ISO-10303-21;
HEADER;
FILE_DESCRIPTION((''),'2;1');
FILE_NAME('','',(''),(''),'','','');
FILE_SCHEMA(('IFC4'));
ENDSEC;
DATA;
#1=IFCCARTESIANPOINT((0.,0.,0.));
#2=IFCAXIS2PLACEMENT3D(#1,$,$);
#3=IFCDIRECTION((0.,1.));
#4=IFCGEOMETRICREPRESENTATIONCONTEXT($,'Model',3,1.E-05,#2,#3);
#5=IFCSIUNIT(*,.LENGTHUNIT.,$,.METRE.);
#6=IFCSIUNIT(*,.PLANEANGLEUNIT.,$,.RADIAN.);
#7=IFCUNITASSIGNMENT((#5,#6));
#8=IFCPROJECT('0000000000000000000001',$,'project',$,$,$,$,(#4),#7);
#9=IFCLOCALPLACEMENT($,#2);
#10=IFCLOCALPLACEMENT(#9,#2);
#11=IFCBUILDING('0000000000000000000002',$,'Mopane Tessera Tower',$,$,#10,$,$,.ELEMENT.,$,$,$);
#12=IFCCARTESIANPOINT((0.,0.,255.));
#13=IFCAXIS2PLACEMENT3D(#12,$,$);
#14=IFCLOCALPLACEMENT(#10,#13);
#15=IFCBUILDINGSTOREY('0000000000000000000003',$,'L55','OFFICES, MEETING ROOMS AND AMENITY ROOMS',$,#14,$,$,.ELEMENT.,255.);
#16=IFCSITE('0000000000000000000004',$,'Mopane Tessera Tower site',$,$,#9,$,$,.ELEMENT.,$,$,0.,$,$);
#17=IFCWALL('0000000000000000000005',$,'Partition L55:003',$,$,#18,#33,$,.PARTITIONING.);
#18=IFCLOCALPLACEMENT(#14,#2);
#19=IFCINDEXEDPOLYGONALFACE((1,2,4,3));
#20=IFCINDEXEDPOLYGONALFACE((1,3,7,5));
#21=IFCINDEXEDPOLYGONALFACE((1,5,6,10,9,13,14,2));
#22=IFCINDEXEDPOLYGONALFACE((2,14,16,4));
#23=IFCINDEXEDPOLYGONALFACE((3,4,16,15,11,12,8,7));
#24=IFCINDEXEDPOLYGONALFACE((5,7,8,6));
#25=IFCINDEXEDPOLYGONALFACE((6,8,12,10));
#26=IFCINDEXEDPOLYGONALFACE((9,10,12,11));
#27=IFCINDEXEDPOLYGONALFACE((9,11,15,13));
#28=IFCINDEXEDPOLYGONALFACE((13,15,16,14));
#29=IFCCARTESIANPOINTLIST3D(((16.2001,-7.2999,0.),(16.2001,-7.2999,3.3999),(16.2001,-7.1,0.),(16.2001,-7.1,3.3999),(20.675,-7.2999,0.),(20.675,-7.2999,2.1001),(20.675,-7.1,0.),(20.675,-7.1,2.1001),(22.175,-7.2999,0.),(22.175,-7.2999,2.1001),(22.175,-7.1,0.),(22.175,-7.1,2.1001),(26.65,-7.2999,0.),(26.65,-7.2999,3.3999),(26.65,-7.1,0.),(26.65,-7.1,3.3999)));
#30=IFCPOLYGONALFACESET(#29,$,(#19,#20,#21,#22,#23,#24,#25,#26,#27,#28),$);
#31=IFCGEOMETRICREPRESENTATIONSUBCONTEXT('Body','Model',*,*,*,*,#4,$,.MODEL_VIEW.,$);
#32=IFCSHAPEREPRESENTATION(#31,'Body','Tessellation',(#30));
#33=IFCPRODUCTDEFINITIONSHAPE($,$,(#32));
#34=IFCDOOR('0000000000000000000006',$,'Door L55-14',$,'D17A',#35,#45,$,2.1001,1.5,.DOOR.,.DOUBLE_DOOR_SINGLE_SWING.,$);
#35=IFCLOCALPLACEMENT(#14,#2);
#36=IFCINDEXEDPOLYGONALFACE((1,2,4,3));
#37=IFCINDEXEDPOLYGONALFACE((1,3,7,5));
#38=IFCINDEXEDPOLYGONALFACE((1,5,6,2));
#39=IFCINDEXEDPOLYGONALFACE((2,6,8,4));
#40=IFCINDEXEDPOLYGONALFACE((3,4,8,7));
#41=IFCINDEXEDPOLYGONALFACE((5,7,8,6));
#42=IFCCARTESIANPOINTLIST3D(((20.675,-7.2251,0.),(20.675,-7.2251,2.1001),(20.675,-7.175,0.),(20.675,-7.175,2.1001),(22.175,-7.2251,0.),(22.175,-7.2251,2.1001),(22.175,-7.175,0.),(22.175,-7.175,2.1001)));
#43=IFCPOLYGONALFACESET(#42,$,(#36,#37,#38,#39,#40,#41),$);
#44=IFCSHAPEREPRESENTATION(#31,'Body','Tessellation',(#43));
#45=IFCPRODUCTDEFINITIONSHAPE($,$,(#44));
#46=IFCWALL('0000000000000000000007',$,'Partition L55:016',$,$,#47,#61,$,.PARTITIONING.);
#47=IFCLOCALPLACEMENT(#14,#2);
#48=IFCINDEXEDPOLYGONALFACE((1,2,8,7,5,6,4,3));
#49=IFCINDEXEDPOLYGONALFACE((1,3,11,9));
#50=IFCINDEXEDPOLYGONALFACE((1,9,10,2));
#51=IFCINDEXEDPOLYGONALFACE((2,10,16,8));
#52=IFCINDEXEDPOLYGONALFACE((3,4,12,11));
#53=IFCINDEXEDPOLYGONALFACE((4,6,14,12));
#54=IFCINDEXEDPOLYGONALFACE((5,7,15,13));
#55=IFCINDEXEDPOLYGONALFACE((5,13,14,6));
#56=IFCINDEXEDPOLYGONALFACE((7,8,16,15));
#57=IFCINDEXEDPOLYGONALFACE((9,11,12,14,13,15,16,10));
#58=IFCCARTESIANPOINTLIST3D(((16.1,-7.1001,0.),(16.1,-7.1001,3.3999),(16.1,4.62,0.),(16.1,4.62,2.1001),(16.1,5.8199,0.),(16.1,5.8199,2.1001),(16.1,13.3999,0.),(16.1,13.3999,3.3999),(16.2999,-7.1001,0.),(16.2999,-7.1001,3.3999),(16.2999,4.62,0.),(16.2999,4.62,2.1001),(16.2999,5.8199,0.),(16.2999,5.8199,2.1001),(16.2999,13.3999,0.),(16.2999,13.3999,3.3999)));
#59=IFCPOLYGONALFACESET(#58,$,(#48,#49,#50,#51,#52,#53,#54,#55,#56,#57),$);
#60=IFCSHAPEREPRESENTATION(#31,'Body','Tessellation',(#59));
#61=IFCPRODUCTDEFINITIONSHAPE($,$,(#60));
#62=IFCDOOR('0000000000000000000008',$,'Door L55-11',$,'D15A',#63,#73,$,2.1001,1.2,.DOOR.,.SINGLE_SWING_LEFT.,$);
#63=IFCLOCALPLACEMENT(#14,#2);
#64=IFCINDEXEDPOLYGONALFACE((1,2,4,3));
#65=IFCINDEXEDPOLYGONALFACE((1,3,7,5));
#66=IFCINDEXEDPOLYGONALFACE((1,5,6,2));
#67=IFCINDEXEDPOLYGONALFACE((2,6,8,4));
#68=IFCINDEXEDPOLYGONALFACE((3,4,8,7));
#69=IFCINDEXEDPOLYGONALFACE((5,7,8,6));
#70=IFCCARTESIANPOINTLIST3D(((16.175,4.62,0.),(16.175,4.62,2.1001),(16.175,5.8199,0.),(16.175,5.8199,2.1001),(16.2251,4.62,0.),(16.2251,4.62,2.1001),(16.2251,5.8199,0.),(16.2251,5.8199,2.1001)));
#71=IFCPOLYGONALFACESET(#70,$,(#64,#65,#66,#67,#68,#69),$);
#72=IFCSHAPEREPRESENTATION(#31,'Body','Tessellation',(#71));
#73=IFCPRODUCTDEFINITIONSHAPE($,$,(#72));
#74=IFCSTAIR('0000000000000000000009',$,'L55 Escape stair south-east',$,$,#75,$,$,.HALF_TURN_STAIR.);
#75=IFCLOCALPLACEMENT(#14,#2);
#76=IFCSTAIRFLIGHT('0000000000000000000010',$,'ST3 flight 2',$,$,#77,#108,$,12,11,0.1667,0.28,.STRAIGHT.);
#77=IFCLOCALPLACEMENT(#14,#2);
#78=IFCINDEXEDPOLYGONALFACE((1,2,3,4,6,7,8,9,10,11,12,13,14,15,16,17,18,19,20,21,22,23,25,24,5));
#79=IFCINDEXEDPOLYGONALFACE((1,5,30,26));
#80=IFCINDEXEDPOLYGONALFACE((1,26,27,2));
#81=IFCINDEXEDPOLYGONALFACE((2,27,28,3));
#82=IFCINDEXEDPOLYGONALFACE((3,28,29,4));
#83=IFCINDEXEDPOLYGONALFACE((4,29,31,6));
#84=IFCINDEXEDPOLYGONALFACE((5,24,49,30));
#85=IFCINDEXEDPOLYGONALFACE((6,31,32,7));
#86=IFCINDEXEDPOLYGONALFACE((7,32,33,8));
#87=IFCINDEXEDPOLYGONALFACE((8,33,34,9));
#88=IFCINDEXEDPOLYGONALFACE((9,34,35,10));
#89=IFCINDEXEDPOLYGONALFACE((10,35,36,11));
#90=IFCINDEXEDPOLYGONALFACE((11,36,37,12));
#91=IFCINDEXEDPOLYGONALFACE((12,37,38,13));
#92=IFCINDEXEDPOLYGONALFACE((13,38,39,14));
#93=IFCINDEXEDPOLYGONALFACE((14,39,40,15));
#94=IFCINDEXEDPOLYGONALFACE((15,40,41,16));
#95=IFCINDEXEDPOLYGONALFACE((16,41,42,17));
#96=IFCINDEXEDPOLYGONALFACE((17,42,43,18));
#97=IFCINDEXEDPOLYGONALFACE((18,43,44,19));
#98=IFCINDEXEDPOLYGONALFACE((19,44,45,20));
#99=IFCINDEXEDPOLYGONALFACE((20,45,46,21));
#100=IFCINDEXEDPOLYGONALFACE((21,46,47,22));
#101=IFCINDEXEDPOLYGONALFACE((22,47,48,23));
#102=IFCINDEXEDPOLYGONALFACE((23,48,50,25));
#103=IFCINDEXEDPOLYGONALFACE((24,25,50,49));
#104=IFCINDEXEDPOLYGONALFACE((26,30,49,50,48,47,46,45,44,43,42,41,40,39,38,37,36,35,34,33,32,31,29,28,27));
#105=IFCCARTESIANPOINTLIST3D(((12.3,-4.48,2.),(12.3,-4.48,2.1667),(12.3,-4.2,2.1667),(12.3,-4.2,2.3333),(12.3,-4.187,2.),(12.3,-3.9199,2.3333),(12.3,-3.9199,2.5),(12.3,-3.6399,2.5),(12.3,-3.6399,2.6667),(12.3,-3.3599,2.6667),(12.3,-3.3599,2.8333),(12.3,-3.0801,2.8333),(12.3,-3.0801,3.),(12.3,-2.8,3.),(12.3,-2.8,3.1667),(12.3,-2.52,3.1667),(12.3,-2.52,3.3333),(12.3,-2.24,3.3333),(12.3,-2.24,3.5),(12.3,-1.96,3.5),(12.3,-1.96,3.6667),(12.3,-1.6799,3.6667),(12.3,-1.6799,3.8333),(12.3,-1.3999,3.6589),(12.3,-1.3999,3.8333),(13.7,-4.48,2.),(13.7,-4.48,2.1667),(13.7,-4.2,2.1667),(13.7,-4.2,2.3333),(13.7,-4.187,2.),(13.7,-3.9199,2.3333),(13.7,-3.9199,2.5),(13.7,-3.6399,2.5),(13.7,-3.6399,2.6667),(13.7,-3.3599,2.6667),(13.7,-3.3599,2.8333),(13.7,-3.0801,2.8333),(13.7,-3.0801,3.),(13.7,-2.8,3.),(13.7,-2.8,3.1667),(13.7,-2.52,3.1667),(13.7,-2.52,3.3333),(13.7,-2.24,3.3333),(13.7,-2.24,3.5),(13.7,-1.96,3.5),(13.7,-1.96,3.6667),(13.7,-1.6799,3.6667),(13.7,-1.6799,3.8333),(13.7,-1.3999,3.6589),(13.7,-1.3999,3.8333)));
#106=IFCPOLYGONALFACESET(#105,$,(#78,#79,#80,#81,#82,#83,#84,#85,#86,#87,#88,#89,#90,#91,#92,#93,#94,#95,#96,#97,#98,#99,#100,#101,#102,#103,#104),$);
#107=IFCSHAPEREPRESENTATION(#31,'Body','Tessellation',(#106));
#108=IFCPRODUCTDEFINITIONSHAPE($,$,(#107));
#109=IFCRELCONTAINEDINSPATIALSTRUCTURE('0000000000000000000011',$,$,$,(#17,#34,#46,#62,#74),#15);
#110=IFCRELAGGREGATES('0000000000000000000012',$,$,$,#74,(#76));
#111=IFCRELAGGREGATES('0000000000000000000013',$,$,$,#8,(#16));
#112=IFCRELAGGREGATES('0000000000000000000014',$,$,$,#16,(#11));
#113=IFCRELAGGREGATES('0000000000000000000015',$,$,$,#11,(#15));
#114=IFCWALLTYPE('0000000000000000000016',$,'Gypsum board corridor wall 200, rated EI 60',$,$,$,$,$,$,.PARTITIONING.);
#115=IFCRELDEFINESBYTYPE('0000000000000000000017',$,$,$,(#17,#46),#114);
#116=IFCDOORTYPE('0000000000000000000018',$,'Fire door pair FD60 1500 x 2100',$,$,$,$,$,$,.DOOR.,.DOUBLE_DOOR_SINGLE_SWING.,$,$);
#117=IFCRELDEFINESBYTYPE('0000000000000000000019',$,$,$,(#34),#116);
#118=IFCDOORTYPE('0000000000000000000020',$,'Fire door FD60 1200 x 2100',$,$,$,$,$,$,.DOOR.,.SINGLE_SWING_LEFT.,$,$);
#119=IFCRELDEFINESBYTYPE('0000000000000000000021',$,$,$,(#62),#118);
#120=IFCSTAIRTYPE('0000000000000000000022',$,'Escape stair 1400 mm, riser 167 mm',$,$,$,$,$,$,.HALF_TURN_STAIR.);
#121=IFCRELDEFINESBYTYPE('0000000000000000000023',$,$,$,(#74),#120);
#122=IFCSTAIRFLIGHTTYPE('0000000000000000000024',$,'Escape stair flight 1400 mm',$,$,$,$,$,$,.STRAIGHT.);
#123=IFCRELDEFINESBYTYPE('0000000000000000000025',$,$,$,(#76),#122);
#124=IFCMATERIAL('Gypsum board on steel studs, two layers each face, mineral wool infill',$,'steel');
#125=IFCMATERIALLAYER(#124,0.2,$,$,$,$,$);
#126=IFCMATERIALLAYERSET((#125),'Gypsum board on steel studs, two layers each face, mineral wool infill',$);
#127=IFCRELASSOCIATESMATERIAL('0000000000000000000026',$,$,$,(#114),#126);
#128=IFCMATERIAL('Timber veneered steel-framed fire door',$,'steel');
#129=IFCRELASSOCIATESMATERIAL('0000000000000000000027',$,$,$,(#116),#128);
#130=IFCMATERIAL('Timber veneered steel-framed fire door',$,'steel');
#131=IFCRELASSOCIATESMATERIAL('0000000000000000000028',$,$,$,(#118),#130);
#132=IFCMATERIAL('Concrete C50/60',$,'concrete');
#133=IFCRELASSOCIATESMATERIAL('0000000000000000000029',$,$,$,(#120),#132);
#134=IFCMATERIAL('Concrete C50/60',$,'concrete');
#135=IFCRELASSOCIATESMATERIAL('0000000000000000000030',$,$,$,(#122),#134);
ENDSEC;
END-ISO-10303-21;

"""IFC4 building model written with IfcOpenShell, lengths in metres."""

from ifc_helpers import new_model, si_unit, direction, frame, frame_2d, origin, place, context, subcontext, project, spatial, polyline, rectangle, outline, extrude, material, layer, layer_set, type_object, element, fill, aggregate, save


model = new_model("IFC4")

# Units and contexts
model_context = context("Model", 3, precision=1e-05, world=origin(), true_north=direction((0.0, 1.0)))
body_context = subcontext(model_context, "Body", "Model", "MODEL_VIEW")
ifc_project = project(units=[si_unit("LENGTHUNIT", "METRE"), si_unit("PLANEANGLEUNIT", "RADIAN")], contexts=[model_context])

# Site, building, storey
site_placement = place(None, origin())
site = spatial("IfcSite", under=ifc_project, at=site_placement, Name="Mopane Tessera Tower site", CompositionType="ELEMENT", RefElevation=0.0)
building_placement = place(site_placement, origin())
building = spatial("IfcBuilding", under=site, at=building_placement, Name="Mopane Tessera Tower", CompositionType="ELEMENT")
storey_placement = place(building_placement, frame((0.0, 0.0, 255.0)))
storey = spatial("IfcBuildingStorey", under=building, at=storey_placement, Name="L55", Description="OFFICES, MEETING ROOMS AND AMENITY ROOMS", CompositionType="ELEMENT", Elevation=255.0)

# Walls, openings, doors
ifc_material_1 = material(Name="Gypsum board on steel studs, two layers each face, mineral wool infill", Category="steel")
ifc_layer_1 = layer(ifc_material_1, 0.2)
ifc_layer_set_1 = layer_set([ifc_layer_1], Name="Gypsum board on steel studs, two layers each face, mineral wool infill")
wall_type_1 = type_object("IfcWallType", Name="Gypsum board corridor wall 200, rated EI 60", PredefinedType="PARTITIONING", material=ifc_layer_set_1)
wall_1_placement = place(storey_placement, frame((16.2, -7.2, 0.0), z_axis=(0.0, 0.0, 1.0), x_axis=(1.0, 0.0, 0.0)))
wall_1 = element("IfcWall", 1, at=wall_1_placement, inside=storey, type_object=wall_type_1, Name="Partition L55:003", PredefinedType="PARTITIONING", context=body_context, shape_type="SweptSolid", body=[
    extrude(rectangle(XDim=10.45, YDim=0.2, at=frame_2d((5.2251, 0.0))), origin(), (0.0, 0.0, 1.0), 3.3999),
])
opening_1_placement = place(wall_1_placement, frame((4.4751, 0.0, 0.0)))
opening_1 = element("IfcOpeningElement", 2, at=opening_1_placement, cuts=wall_1, PredefinedType="OPENING", context=body_context, shape_type="SweptSolid", body=[
    extrude(rectangle(XDim=1.5, YDim=2.1001, at=frame_2d((0.75, 1.05))), frame((0.0, 0.1121, 0.0), z_axis=(0.0, -1.0, 0.0), x_axis=(1.0, 0.0, 0.0)), (0.0, 0.0, 1.0), 0.2239),
])
ifc_material_2 = material(Name="Timber veneered steel-framed fire door", Category="steel")
door_type_1 = type_object("IfcDoorType", Name="Fire door pair FD60 1500 x 2100", OperationType="DOUBLE_DOOR_SINGLE_SWING", PredefinedType="DOOR", material=ifc_material_2)
door_1_placement = place(opening_1_placement, origin())
door_1 = element("IfcDoor", 3, at=door_1_placement, inside=storey, type_object=door_type_1, Name="Door L55-14", ObjectType="D17A", OperationType="DOUBLE_DOOR_SINGLE_SWING", OverallHeight=2.1001, OverallWidth=1.5, PredefinedType="DOOR", context=body_context, shape_type="SweptSolid", body=[
    extrude(rectangle(XDim=1.5, YDim=2.1001, at=frame_2d((0.75, 1.05))), frame((0.0, 0.0249, 0.0), z_axis=(0.0, -1.0, 0.0), x_axis=(1.0, 0.0, 0.0)), (0.0, 0.0, 1.0), 0.05),
])
fill(opening_1, door_1)
wall_2_placement = place(storey_placement, frame((16.2, -7.1001, 0.0), z_axis=(0.0, 0.0, 1.0), x_axis=(0.0, 1.0, 0.0)))
wall_2 = element("IfcWall", 4, at=wall_2_placement, inside=storey, type_object=wall_type_1, Name="Partition L55:016", PredefinedType="PARTITIONING", context=body_context, shape_type="SweptSolid", body=[
    extrude(rectangle(XDim=20.5, YDim=0.2, at=frame_2d((10.25, 0.0))), origin(), (0.0, 0.0, 1.0), 3.3999),
])
opening_2_placement = place(wall_2_placement, frame((11.72, 0.0, 0.0)))
opening_2 = element("IfcOpeningElement", 5, at=opening_2_placement, cuts=wall_2, PredefinedType="OPENING", context=body_context, shape_type="SweptSolid", body=[
    extrude(rectangle(XDim=1.2, YDim=2.1001, at=frame_2d((0.6001, 1.05))), frame((0.0, 0.1121, 0.0), z_axis=(0.0, -1.0, 0.0), x_axis=(1.0, 0.0, 0.0)), (0.0, 0.0, 1.0), 0.2239),
])
ifc_material_3 = material(Name="Timber veneered steel-framed fire door", Category="steel")
door_type_2 = type_object("IfcDoorType", Name="Fire door FD60 1200 x 2100", OperationType="SINGLE_SWING_LEFT", PredefinedType="DOOR", material=ifc_material_3)
door_2_placement = place(opening_2_placement, origin())
door_2 = element("IfcDoor", 6, at=door_2_placement, inside=storey, type_object=door_type_2, Name="Door L55-11", ObjectType="D15A", OperationType="SINGLE_SWING_LEFT", OverallHeight=2.1001, OverallWidth=1.2, PredefinedType="DOOR", context=body_context, shape_type="SweptSolid", body=[
    extrude(rectangle(XDim=1.2, YDim=2.1001, at=frame_2d((0.6001, 1.05))), frame((0.0, 0.0249, 0.0), z_axis=(0.0, -1.0, 0.0), x_axis=(1.0, 0.0, 0.0)), (0.0, 0.0, 1.0), 0.05),
])
fill(opening_2, door_2)

# Stair, stair flight
ifc_material_4 = material(Name="Concrete C50/60", Category="concrete")
stair_type = type_object("IfcStairType", Name="Escape stair 1400 mm, riser 167 mm", PredefinedType="HALF_TURN_STAIR", material=ifc_material_4)
stair_placement = place(storey_placement, origin())
stair = element("IfcStair", 7, at=stair_placement, inside=storey, type_object=stair_type, Name="L55 Escape stair south-east", PredefinedType="HALF_TURN_STAIR")
ifc_material_5 = material(Name="Concrete C50/60", Category="concrete")
stair_flight_type = type_object("IfcStairFlightType", Name="Escape stair flight 1400 mm", PredefinedType="STRAIGHT", material=ifc_material_5)
stair_flight_placement = place(storey_placement, frame((13.0, -4.48, 2.0), z_axis=(0.0, 0.0, 1.0), x_axis=(0.0, 1.0, 0.0)))
stair_flight = element("IfcStairFlight", 8, at=stair_flight_placement, type_object=stair_flight_type, Name="ST3 flight 2", NumberOfRisers=12, NumberOfTreads=11, PredefinedType="STRAIGHT", RiserHeight=0.1667, TreadLength=0.28, context=body_context, shape_type="SweptSolid", body=[
    extrude(outline(polyline([(0.0, 0.0), (0.0, 0.1667), (0.28, 0.1667), (0.28, 0.3333), (0.5601, 0.3333), (0.5601, 0.5), (0.8401, 0.5), (0.8401, 0.6667), (1.1201, 0.6667), (1.1201, 0.8333), (1.3999, 0.8333), (1.3999, 1.0), (1.6799, 1.0), (1.6799, 1.1667), (1.96, 1.1667), (1.96, 1.3333), (2.24, 1.3333), (2.24, 1.5), (2.52, 1.5), (2.52, 1.6667), (2.8, 1.6667), (2.8, 1.8333), (3.0801, 1.8333), (3.0801, 2.0), (3.0801, 1.6589), (0.293, 0.0), (0.0, 0.0)])), frame((0.0, 0.7, 0.0), z_axis=(0.0, -1.0, 0.0), x_axis=(1.0, 0.0, 0.0)), (0.0, 0.0, 1.0), 1.3999),
])
aggregate(stair, [stair_flight])

save(model, "model.ifc")
